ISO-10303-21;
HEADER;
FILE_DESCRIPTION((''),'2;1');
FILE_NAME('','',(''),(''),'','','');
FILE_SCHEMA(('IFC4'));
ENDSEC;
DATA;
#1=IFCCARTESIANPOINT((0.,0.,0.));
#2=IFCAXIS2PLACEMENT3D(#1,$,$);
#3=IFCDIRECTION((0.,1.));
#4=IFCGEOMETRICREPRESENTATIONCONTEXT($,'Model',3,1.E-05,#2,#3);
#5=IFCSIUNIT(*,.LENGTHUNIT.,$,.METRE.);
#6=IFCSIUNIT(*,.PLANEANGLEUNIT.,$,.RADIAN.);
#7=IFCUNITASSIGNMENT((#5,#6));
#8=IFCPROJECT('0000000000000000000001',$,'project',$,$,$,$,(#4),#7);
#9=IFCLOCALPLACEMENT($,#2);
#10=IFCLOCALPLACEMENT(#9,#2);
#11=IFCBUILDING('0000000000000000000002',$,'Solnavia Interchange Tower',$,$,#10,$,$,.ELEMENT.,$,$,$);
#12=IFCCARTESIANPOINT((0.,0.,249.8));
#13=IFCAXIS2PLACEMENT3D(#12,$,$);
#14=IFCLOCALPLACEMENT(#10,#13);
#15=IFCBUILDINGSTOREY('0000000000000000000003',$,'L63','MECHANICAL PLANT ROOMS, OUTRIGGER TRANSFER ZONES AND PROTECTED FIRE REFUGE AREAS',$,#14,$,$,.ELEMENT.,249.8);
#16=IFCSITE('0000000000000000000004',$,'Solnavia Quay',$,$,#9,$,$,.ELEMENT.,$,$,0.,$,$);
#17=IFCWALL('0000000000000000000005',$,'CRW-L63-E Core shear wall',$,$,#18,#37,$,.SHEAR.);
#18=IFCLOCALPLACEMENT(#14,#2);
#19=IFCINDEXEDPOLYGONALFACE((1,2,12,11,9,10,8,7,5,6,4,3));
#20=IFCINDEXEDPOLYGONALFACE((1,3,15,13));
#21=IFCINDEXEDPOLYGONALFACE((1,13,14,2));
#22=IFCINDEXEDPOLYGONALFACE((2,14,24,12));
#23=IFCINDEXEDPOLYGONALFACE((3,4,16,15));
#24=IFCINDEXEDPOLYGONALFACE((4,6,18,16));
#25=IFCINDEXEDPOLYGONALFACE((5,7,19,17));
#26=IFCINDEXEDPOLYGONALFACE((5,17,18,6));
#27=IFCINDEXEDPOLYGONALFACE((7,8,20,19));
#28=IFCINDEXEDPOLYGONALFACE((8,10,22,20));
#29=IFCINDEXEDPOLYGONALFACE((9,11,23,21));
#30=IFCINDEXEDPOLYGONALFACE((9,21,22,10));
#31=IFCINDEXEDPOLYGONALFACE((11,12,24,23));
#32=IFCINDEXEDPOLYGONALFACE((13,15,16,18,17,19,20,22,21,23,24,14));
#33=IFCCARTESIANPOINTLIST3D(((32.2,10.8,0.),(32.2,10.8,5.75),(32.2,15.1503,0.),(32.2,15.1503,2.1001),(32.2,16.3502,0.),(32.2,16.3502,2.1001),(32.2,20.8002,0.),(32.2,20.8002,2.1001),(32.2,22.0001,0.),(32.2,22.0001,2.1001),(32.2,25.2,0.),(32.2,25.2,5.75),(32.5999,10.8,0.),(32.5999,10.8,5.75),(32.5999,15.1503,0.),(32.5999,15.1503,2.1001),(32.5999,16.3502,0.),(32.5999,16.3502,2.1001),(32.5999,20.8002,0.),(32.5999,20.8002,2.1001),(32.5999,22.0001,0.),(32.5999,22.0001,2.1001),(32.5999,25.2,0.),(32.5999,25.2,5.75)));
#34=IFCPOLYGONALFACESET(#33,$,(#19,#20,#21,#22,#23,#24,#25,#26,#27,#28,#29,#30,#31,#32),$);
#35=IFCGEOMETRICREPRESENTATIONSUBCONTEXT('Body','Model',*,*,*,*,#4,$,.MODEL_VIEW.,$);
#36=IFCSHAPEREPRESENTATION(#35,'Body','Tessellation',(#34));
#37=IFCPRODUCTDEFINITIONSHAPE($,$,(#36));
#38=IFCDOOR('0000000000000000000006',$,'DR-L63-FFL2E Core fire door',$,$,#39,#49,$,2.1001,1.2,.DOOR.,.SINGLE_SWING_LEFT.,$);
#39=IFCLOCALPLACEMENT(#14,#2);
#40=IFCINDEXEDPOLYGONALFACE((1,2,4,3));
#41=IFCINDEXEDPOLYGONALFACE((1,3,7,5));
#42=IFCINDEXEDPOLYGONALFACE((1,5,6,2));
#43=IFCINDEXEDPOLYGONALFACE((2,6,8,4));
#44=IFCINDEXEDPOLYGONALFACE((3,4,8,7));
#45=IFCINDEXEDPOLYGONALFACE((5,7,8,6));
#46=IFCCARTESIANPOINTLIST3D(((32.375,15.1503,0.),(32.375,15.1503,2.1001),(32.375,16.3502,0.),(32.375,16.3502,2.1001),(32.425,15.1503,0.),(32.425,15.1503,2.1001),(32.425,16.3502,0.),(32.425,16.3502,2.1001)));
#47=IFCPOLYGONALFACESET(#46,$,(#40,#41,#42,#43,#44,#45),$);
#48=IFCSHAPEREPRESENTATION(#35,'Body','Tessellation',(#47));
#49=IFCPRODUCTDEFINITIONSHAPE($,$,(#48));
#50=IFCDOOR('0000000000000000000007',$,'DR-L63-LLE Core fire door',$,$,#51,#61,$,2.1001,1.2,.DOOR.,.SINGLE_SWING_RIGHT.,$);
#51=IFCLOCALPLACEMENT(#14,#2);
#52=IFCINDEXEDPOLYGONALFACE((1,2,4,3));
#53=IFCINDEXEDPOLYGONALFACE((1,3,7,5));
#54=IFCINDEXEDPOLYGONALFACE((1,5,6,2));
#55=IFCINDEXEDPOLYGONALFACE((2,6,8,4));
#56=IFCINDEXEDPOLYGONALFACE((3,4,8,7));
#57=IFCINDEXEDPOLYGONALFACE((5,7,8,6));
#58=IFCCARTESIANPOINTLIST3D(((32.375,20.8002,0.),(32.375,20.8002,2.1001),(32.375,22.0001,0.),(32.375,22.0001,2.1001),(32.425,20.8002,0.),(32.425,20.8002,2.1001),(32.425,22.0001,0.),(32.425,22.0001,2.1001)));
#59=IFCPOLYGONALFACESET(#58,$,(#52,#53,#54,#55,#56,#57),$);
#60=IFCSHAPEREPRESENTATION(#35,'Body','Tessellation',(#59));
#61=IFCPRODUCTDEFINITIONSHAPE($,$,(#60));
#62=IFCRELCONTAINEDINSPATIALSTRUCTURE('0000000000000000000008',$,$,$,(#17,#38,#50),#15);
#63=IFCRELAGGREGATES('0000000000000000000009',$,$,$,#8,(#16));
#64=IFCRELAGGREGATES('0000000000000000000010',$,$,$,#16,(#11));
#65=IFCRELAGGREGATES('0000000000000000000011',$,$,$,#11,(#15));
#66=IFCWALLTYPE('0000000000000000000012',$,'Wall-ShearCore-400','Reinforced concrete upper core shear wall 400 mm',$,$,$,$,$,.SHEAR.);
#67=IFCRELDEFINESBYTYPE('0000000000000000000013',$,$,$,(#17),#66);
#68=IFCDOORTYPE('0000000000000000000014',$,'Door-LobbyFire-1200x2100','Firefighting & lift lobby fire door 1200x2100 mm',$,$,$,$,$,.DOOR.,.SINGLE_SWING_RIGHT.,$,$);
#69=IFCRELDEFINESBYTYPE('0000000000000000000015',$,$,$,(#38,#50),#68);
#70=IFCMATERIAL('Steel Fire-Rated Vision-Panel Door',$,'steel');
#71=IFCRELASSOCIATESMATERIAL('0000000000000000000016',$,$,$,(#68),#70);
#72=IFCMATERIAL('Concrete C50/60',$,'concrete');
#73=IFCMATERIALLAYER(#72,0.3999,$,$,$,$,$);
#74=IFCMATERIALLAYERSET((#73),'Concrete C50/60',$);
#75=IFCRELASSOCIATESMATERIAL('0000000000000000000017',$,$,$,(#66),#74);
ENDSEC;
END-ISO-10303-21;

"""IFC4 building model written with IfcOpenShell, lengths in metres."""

from ifc_helpers import new_model, si_unit, direction, frame, frame_2d, origin, place, context, subcontext, project, spatial, rectangle, extrude, material, layer, layer_set, type_object, element, fill, save


model = new_model("IFC4")

# Units and contexts
model_context = context("Model", 3, precision=1e-05, world=origin(), true_north=direction((0.0, 1.0)))
body_context = subcontext(model_context, "Body", "Model", "MODEL_VIEW")
ifc_project = project(units=[si_unit("LENGTHUNIT", "METRE"), si_unit("PLANEANGLEUNIT", "RADIAN")], contexts=[model_context])

# Site, building, storey
site_placement = place(None, origin())
site = spatial("IfcSite", under=ifc_project, at=site_placement, Name="Solnavia Quay", CompositionType="ELEMENT", RefElevation=0.0)
building_placement = place(site_placement, origin())
building = spatial("IfcBuilding", under=site, at=building_placement, Name="Solnavia Interchange Tower", CompositionType="ELEMENT")
storey_placement = place(building_placement, frame((0.0, 0.0, 249.8)))
storey = spatial("IfcBuildingStorey", under=building, at=storey_placement, Name="L63", Description="MECHANICAL PLANT ROOMS, OUTRIGGER TRANSFER ZONES AND PROTECTED FIRE REFUGE AREAS", CompositionType="ELEMENT", Elevation=249.8)

# Shared definitions
ifc_material_1 = material(Name="Concrete C50/60", Category="concrete")

# Shared definitions
ifc_material_2 = material(Name="Steel Fire-Rated Vision-Panel Door", Category="steel")
door_type = type_object("IfcDoorType", Name="Door-LobbyFire-1200x2100", Description="Firefighting & lift lobby fire door 1200x2100 mm", OperationType="SINGLE_SWING_RIGHT", PredefinedType="DOOR", material=ifc_material_2)

# Wall, openings, doors
ifc_layer_1 = layer(ifc_material_1, 0.3999)
ifc_layer_set_1 = layer_set([ifc_layer_1], Name="Concrete C50/60")
wall_type_1 = type_object("IfcWallType", Name="Wall-ShearCore-400", Description="Reinforced concrete upper core shear wall 400 mm", PredefinedType="SHEAR", material=ifc_layer_set_1)
wall_1_placement = place(storey_placement, frame((32.3999, 10.8, 0.0), z_axis=(0.0, 0.0, 1.0), x_axis=(0.0, 1.0, 0.0)))
wall_1 = element("IfcWall", 1, at=wall_1_placement, inside=storey, type_object=wall_type_1, Name="CRW-L63-E Core shear wall", PredefinedType="SHEAR", context=body_context, shape_type="SweptSolid", body=[
    extrude(rectangle(XDim=14.3999, YDim=0.3999, at=frame_2d((7.2, 0.0))), origin(), (0.0, 0.0, 1.0), 5.75),
])
opening_1_placement = place(wall_1_placement, frame((4.3501, 0.0, 0.0)))
opening_1 = element("IfcOpeningElement", 2, at=opening_1_placement, cuts=wall_1, PredefinedType="OPENING", context=body_context, shape_type="SweptSolid", body=[
    extrude(rectangle(XDim=1.2, YDim=2.1001, at=frame_2d((0.6001, 1.05))), frame((0.0, 0.21, 0.0), z_axis=(0.0, -1.0, 0.0), x_axis=(1.0, 0.0, 0.0)), (0.0, 0.0, 1.0), 0.4199),
])
opening_2_placement = place(wall_1_placement, frame((10.0, 0.0, 0.0)))
opening_2 = element("IfcOpeningElement", 3, at=opening_2_placement, cuts=wall_1, PredefinedType="OPENING", context=body_context, shape_type="SweptSolid", body=[
    extrude(rectangle(XDim=1.2, YDim=2.1001, at=frame_2d((0.6001, 1.05))), frame((0.0, 0.21, 0.0), z_axis=(0.0, -1.0, 0.0), x_axis=(1.0, 0.0, 0.0)), (0.0, 0.0, 1.0), 0.4199),
])
door_1_placement = place(opening_1_placement, origin())
door_1 = element("IfcDoor", 4, at=door_1_placement, inside=storey, type_object=door_type, Name="DR-L63-FFL2E Core fire door", OperationType="SINGLE_SWING_LEFT", OverallHeight=2.1001, OverallWidth=1.2, PredefinedType="DOOR", context=body_context, shape_type="SweptSolid", body=[
    extrude(rectangle(XDim=1.2, YDim=2.1001, at=frame_2d((0.6001, 1.05))), frame((0.0, 0.0249, 0.0), z_axis=(0.0, -1.0, 0.0), x_axis=(1.0, 0.0, 0.0)), (0.0, 0.0, 1.0), 0.05),
])
fill(opening_1, door_1)
door_2_placement = place(opening_2_placement, origin())
door_2 = element("IfcDoor", 5, at=door_2_placement, inside=storey, type_object=door_type, Name="DR-L63-LLE Core fire door", OperationType="SINGLE_SWING_RIGHT", OverallHeight=2.1001, OverallWidth=1.2, PredefinedType="DOOR", context=body_context, shape_type="SweptSolid", body=[
    extrude(rectangle(XDim=1.2, YDim=2.1001, at=frame_2d((0.6001, 1.05))), frame((0.0, 0.0249, 0.0), z_axis=(0.0, -1.0, 0.0), x_axis=(1.0, 0.0, 0.0)), (0.0, 0.0, 1.0), 0.05),
])
fill(opening_2, door_2)

save(model, "model.ifc")
